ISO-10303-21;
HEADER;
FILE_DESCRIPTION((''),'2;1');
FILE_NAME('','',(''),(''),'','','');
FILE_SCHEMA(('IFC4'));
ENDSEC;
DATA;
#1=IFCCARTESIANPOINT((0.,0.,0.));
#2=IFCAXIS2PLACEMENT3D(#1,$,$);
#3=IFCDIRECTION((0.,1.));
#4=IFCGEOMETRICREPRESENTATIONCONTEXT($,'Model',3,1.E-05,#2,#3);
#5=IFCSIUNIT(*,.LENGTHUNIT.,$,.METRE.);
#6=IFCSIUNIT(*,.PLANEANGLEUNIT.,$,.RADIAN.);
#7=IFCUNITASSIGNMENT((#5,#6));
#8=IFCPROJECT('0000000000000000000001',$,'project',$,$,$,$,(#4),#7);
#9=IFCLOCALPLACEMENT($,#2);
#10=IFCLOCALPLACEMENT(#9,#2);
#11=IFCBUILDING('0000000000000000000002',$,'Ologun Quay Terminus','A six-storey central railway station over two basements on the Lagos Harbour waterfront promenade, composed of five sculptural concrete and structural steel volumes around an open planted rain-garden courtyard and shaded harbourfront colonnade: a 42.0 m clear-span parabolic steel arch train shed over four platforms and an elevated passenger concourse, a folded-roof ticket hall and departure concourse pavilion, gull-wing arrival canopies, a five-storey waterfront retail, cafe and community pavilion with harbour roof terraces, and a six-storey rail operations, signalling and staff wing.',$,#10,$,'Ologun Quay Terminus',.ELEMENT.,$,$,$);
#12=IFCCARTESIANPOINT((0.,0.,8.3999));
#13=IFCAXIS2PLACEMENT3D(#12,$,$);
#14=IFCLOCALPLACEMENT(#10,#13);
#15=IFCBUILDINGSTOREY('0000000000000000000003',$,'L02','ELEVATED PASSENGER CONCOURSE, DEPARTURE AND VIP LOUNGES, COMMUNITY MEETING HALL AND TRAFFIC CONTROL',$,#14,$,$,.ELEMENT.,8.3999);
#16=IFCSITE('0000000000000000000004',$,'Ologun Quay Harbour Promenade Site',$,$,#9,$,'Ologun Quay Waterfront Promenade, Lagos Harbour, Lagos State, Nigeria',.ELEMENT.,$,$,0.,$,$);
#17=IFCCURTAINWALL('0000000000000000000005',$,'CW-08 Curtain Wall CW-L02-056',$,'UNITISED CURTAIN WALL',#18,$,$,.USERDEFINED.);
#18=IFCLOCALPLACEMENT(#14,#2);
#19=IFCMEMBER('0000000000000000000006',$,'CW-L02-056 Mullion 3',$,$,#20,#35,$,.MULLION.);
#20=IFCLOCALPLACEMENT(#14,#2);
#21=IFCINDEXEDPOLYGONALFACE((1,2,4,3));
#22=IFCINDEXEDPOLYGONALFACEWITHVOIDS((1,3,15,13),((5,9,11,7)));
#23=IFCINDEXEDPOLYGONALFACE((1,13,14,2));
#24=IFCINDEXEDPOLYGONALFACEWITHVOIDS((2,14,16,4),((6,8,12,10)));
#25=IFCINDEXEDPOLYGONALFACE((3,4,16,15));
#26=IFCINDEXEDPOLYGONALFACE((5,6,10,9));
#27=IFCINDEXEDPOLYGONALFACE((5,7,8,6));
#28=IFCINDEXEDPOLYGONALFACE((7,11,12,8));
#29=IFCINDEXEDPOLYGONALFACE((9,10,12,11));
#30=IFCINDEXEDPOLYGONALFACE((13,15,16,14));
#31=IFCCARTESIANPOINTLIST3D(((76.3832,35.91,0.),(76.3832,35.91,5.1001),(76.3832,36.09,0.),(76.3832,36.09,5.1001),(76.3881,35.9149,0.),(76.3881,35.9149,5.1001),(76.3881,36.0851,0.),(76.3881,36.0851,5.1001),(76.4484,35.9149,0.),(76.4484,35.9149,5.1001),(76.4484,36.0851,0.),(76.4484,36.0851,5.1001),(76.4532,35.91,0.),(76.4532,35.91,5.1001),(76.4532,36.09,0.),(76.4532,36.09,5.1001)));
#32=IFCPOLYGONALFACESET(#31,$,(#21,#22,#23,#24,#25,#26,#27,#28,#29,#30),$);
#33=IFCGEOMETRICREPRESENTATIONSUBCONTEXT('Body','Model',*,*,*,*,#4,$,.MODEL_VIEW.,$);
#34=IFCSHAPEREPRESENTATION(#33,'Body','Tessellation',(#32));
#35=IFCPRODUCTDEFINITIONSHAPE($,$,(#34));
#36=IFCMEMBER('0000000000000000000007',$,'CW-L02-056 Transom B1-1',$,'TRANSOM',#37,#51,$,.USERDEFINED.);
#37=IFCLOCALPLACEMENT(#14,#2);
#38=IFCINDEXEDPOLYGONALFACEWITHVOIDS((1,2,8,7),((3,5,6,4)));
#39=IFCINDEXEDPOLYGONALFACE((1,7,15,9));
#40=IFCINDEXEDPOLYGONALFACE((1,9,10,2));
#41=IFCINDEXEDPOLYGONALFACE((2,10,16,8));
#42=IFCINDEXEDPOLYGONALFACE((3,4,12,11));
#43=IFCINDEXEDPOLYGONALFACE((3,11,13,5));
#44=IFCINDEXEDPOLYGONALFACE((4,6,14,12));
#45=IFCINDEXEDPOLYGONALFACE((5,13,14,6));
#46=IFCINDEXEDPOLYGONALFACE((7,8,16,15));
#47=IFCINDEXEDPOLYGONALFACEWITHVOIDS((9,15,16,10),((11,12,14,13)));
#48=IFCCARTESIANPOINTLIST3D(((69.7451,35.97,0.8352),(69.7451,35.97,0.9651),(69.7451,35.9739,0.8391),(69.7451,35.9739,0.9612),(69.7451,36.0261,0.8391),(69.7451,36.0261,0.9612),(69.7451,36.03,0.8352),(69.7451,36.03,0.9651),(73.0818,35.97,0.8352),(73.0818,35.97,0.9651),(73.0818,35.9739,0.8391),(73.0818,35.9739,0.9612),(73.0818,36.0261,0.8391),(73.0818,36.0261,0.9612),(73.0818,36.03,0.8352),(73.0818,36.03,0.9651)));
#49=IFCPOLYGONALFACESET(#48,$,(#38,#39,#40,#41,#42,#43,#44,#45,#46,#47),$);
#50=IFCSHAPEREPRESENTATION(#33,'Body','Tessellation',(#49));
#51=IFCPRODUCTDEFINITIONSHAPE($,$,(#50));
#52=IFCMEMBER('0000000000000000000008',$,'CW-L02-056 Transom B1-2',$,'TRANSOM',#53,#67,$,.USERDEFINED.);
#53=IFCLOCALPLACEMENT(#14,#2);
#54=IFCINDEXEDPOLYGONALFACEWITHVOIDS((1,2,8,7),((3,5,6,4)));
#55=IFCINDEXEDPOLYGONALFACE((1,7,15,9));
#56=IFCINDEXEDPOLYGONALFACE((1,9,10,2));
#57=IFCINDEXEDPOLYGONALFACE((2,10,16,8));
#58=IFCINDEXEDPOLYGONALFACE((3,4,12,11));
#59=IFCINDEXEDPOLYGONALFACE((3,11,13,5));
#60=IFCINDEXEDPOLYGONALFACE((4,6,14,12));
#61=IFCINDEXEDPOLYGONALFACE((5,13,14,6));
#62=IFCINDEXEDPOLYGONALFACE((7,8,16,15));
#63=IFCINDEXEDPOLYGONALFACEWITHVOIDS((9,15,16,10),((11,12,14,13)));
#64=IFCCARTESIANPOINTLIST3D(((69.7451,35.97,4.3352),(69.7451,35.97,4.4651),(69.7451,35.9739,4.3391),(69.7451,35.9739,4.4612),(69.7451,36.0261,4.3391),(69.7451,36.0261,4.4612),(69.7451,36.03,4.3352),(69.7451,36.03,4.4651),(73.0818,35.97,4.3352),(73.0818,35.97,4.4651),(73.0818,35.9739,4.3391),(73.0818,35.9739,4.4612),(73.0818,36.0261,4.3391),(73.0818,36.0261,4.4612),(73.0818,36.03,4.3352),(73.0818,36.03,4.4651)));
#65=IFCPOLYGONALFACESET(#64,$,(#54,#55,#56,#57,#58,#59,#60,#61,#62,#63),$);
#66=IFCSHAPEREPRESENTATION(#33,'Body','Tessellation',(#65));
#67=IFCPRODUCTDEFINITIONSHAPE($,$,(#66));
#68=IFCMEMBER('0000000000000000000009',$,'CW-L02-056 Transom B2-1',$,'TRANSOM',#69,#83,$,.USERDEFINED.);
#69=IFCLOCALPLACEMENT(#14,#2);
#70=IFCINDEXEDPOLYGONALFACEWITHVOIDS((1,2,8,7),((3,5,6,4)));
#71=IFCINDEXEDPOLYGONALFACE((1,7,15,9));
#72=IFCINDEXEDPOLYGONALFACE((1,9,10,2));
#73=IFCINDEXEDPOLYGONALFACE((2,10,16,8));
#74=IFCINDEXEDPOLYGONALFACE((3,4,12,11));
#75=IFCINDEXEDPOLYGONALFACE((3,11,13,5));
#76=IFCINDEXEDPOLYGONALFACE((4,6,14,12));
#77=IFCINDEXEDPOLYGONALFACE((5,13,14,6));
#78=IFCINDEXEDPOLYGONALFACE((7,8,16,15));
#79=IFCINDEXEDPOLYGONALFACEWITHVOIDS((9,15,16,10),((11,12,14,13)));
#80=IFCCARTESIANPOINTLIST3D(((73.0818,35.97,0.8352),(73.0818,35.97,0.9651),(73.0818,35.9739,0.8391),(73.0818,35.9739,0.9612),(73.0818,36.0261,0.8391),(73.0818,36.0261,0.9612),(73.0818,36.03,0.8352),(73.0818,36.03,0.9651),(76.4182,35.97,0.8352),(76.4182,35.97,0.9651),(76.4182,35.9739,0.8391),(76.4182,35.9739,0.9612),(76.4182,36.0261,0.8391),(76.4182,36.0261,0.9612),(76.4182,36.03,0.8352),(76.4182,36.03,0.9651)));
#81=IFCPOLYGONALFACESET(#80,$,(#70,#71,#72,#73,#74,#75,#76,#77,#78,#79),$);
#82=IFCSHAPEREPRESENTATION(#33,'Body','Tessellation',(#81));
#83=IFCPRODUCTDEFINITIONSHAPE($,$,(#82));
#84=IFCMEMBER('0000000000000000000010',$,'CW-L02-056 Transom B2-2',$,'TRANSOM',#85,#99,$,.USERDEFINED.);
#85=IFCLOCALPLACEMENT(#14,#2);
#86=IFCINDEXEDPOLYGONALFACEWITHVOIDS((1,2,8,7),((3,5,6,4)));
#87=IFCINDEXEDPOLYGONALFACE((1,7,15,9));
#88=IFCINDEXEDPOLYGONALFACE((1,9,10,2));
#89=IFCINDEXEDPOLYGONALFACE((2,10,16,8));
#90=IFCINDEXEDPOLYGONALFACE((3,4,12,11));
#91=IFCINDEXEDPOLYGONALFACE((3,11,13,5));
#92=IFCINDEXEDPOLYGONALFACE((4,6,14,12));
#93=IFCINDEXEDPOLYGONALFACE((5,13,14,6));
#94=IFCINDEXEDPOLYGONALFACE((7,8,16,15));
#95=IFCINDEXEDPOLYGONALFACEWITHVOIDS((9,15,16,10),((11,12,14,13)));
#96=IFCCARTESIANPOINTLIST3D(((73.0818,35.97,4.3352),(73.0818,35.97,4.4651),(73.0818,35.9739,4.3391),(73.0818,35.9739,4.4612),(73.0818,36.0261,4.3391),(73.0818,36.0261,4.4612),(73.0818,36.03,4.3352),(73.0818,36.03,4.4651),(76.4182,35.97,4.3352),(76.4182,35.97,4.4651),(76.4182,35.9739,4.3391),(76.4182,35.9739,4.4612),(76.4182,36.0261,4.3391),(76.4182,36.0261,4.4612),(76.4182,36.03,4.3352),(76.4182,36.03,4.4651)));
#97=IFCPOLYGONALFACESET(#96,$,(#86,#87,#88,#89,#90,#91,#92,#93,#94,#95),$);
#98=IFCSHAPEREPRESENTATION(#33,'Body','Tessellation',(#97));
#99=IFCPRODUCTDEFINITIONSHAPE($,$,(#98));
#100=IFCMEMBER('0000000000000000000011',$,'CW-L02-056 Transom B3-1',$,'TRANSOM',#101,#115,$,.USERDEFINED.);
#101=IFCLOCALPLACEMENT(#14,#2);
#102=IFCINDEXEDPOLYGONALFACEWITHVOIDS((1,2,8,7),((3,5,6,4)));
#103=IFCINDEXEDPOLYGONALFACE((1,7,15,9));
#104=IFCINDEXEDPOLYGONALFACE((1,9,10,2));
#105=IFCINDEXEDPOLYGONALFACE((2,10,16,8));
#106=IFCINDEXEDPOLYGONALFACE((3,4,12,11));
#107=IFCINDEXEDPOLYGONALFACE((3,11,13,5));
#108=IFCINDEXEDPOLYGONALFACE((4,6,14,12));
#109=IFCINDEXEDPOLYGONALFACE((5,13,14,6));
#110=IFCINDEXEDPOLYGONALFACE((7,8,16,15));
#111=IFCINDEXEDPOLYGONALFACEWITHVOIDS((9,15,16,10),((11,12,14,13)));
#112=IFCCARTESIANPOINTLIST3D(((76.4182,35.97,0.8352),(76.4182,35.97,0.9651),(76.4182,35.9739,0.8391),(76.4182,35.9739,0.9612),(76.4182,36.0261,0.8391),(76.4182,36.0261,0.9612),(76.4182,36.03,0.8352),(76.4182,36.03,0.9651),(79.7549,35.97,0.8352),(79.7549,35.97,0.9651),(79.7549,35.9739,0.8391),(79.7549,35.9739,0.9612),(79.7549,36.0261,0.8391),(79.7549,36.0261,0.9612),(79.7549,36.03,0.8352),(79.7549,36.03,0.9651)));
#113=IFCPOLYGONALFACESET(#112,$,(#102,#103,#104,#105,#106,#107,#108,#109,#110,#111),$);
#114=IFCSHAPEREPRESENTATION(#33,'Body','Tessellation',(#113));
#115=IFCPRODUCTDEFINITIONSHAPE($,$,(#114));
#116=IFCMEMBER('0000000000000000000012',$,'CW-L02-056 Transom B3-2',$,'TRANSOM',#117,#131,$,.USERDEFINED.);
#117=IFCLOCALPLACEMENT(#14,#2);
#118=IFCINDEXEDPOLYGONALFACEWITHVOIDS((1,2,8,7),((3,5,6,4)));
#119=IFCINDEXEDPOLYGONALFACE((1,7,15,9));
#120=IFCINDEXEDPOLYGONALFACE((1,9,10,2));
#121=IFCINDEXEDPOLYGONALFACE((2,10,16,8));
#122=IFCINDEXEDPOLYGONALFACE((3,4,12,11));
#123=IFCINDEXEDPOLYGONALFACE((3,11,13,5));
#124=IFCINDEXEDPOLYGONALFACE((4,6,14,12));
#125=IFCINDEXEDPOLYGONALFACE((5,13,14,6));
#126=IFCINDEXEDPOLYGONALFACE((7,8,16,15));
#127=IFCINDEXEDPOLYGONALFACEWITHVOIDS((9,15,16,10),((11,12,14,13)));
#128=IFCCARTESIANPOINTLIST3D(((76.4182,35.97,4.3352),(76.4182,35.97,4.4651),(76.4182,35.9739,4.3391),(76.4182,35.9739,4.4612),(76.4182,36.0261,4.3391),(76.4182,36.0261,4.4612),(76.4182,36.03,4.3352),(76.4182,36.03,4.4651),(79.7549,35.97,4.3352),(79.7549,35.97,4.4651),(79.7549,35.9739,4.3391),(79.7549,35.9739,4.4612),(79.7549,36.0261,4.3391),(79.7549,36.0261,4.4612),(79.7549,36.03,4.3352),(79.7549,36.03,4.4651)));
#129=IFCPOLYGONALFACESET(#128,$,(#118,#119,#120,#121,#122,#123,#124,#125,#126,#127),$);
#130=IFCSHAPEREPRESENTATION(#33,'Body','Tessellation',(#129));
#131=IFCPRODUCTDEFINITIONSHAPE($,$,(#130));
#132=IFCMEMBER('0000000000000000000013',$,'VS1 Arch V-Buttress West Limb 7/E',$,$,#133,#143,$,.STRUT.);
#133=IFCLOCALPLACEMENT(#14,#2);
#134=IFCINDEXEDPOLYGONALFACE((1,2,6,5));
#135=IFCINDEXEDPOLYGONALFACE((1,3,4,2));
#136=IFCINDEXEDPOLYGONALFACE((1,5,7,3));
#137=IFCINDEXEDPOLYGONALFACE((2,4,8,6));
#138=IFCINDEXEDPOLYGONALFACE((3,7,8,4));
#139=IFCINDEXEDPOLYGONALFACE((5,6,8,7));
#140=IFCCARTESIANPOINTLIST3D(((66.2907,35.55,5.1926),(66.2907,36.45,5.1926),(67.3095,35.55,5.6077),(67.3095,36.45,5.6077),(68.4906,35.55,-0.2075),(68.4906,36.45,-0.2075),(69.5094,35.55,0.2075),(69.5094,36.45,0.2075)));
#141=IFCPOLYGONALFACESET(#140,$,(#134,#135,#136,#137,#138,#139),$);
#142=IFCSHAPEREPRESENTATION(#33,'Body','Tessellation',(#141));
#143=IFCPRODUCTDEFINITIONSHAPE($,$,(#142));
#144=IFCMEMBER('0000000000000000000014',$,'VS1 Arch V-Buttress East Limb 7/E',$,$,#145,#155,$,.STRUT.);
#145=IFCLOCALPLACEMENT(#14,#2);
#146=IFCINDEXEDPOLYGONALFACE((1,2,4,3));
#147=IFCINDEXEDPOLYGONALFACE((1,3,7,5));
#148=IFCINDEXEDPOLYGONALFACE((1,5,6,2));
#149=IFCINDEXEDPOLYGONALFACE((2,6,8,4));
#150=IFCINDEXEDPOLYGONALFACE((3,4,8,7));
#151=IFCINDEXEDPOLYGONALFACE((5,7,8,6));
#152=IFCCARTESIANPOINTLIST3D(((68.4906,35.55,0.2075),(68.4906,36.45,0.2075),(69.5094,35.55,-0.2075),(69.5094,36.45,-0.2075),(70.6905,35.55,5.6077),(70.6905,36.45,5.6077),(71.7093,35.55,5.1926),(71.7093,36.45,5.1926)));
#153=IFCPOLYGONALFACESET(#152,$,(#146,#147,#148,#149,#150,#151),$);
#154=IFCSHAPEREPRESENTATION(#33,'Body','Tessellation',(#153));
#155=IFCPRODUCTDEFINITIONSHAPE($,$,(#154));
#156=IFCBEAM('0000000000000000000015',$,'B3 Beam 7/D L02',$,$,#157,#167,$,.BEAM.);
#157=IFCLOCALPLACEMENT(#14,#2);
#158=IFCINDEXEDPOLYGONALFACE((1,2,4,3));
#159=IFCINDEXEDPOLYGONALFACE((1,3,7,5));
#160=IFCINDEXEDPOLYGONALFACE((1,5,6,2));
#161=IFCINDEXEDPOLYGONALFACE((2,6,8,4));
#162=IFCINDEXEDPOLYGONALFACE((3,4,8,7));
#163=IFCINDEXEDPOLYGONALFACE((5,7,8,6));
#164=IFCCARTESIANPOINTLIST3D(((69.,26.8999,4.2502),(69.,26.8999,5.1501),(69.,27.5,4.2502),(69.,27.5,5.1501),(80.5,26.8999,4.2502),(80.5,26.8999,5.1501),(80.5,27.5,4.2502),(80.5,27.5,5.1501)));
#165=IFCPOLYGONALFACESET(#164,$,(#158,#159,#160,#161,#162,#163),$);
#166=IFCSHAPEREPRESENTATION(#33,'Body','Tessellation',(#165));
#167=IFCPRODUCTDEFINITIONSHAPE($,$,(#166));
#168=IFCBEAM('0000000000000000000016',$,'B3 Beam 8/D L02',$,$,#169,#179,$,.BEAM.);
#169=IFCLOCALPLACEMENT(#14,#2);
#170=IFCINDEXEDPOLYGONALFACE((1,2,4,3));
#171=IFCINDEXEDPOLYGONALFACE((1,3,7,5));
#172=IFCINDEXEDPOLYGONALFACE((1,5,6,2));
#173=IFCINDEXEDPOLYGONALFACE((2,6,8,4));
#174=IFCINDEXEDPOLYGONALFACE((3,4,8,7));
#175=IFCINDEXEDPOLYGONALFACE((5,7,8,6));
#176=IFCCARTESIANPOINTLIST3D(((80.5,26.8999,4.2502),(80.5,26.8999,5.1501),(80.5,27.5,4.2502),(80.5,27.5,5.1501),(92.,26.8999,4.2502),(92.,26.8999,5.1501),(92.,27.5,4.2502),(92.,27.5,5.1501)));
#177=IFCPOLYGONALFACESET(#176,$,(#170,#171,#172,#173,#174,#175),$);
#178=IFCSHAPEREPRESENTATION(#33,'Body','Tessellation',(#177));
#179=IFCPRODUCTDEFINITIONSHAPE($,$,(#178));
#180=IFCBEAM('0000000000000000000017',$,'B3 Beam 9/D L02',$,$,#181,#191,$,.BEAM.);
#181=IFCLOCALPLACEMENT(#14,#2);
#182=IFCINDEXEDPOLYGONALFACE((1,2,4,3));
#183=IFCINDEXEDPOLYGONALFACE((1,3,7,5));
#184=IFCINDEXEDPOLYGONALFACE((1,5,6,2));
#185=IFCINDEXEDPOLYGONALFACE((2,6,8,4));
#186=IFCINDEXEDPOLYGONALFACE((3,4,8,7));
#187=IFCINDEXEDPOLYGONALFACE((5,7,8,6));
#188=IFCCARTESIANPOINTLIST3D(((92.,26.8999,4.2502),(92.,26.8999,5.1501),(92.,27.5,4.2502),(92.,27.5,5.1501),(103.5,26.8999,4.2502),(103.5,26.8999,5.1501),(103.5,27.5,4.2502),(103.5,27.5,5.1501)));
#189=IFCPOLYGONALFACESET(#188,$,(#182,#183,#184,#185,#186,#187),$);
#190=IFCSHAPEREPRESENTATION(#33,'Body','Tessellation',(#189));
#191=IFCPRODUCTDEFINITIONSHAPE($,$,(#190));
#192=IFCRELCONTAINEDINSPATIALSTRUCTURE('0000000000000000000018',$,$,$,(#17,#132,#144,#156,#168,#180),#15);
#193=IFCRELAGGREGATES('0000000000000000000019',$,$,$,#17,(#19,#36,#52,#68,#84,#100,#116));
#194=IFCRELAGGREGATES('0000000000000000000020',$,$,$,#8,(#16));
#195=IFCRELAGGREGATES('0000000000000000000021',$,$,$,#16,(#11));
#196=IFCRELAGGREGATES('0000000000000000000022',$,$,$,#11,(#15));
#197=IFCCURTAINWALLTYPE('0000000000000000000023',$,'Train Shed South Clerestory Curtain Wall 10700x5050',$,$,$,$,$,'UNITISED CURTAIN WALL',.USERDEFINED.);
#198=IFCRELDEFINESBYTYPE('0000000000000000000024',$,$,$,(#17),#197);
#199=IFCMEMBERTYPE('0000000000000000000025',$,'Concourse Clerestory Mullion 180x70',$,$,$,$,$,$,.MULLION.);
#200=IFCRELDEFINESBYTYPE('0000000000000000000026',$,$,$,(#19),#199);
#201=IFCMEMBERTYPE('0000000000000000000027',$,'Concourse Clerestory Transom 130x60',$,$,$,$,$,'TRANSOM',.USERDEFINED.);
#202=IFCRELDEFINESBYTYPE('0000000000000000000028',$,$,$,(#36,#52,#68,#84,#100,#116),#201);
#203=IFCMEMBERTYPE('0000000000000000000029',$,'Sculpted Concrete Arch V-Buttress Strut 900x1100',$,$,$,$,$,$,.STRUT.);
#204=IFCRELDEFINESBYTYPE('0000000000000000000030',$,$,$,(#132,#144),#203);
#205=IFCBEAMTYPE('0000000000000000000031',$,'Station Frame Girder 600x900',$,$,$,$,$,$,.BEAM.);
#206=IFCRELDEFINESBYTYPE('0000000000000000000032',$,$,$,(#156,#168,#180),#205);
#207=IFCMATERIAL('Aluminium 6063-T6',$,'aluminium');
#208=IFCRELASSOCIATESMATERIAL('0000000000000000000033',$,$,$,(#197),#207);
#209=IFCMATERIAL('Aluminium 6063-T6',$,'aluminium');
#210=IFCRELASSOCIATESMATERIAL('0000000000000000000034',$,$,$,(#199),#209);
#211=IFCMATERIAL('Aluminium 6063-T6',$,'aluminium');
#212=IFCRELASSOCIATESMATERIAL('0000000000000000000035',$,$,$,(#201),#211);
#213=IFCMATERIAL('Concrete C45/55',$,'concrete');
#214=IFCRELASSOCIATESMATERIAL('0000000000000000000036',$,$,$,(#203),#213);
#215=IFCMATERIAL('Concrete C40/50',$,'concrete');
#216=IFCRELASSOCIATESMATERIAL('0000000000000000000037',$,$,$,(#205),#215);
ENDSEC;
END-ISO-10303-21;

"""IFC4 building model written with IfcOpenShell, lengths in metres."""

from ifc_helpers import new_model, si_unit, direction, frame, origin, origin_2d, place, context, subcontext, project, spatial, rectangle, hollow_rectangle, extrude, material, material_profile, profile_set, type_object, element, aggregate, save


model = new_model("IFC4")

# Units and contexts
model_context = context("Model", 3, precision=1e-05, world=origin(), true_north=direction((0.0, 1.0)))
body_context = subcontext(model_context, "Body", "Model", "MODEL_VIEW")
ifc_project = project(units=[si_unit("LENGTHUNIT", "METRE"), si_unit("PLANEANGLEUNIT", "RADIAN")], contexts=[model_context])

# Site, building, storey
site_placement = place(None, origin())
site = spatial("IfcSite", under=ifc_project, at=site_placement, Name="Ologun Quay Harbour Promenade Site", LongName="Ologun Quay Waterfront Promenade, Lagos Harbour, Lagos State, Nigeria", CompositionType="ELEMENT", RefElevation=0.0)
building_placement = place(site_placement, origin())
building = spatial("IfcBuilding", under=site, at=building_placement, Name="Ologun Quay Terminus", Description="A six-storey central railway station over two basements on the Lagos Harbour waterfront promenade, composed of five sculptural concrete and structural steel volumes around an open planted rain-garden courtyard and shaded harbourfront colonnade: a 42.0 m clear-span parabolic steel arch train shed over four platforms and an elevated passenger concourse, a folded-roof ticket hall and departure concourse pavilion, gull-wing arrival canopies, a five-storey waterfront retail, cafe and community pavilion with harbour roof terraces, and a six-storey rail operations, signalling and staff wing.", LongName="Ologun Quay Terminus", CompositionType="ELEMENT")
storey_placement = place(building_placement, frame((0.0, 0.0, 8.3999)))
storey = spatial("IfcBuildingStorey", under=building, at=storey_placement, Name="L02", Description="ELEVATED PASSENGER CONCOURSE, DEPARTURE AND VIP LOUNGES, COMMUNITY MEETING HALL AND TRAFFIC CONTROL", CompositionType="ELEMENT", Elevation=8.3999)

# Shared definitions
ifc_material_1 = material(Name="Aluminium 6063-T6", Category="aluminium")
curtain_wall_type = type_object("IfcCurtainWallType", Name="Train Shed South Clerestory Curtain Wall 10700x5050", ElementType="UNITISED CURTAIN WALL", PredefinedType="USERDEFINED", material=ifc_material_1)
ifc_material_2 = material(Name="Aluminium 6063-T6", Category="aluminium")
ifc_material_profile_1 = material_profile(ifc_material_2, hollow_rectangle(XDim=0.0701, YDim=0.1799, WallThickness=0.0049, at=origin_2d()), Name="ALU 180x70x5")
ifc_profile_set_1 = profile_set([ifc_material_profile_1], Name="Aluminium 6063-T6")
member_type_1 = type_object("IfcMemberType", Name="Concourse Clerestory Mullion 180x70", PredefinedType="MULLION", material=ifc_profile_set_1)

# Curtain wall, members
curtain_wall_1_placement = place(storey_placement, origin())
curtain_wall_1 = element("IfcCurtainWall", 1, at=curtain_wall_1_placement, inside=storey, type_object=curtain_wall_type, Name="CW-08 Curtain Wall CW-L02-056", ObjectType="UNITISED CURTAIN WALL", PredefinedType="USERDEFINED")
member_1_placement = place(storey_placement, frame((76.4182, 36.0, 0.0), z_axis=(0.0, 0.0, 1.0), x_axis=(1.0, 0.0, 0.0)))
member_1 = element("IfcMember", 2, at=member_1_placement, type_object=member_type_1, Name="CW-L02-056 Mullion 3", PredefinedType="MULLION", context=body_context, shape_type="SweptSolid", body=[
    extrude(hollow_rectangle(XDim=0.0701, YDim=0.1799, WallThickness=0.0049, at=origin_2d()), origin(), (0.0, 0.0, 1.0), 5.1001),
])
ifc_material_3 = material(Name="Aluminium 6063-T6", Category="aluminium")
ifc_material_profile_2 = material_profile(ifc_material_3, hollow_rectangle(XDim=0.0601, YDim=0.1299, WallThickness=0.0039, at=origin_2d()), Name="ALU 130x60x4")
ifc_profile_set_2 = profile_set([ifc_material_profile_2], Name="Aluminium 6063-T6")
member_type_2 = type_object("IfcMemberType", Name="Concourse Clerestory Transom 130x60", ElementType="TRANSOM", PredefinedType="USERDEFINED", material=ifc_profile_set_2)
member_2_placement = place(storey_placement, frame((69.7451, 36.0, 0.9001), z_axis=(1.0, 0.0, 0.0), x_axis=(0.0, 1.0, 0.0)))
member_2 = element("IfcMember", 3, at=member_2_placement, type_object=member_type_2, Name="CW-L02-056 Transom B1-1", ObjectType="TRANSOM", PredefinedType="USERDEFINED", context=body_context, shape_type="SweptSolid", body=[
    extrude(hollow_rectangle(XDim=0.0601, YDim=0.1299, WallThickness=0.0039, at=origin_2d()), origin(), (0.0, 0.0, 1.0), 3.3367),
])
member_3_placement = place(storey_placement, frame((69.7451, 36.0, 4.4001), z_axis=(1.0, 0.0, 0.0), x_axis=(0.0, 1.0, 0.0)))
member_3 = element("IfcMember", 4, at=member_3_placement, type_object=member_type_2, Name="CW-L02-056 Transom B1-2", ObjectType="TRANSOM", PredefinedType="USERDEFINED", context=body_context, shape_type="SweptSolid", body=[
    extrude(hollow_rectangle(XDim=0.0601, YDim=0.1299, WallThickness=0.0039, at=origin_2d()), origin(), (0.0, 0.0, 1.0), 3.3367),
])
member_4_placement = place(storey_placement, frame((73.0818, 36.0, 0.9001), z_axis=(1.0, 0.0, 0.0), x_axis=(0.0, 1.0, 0.0)))
member_4 = element("IfcMember", 5, at=member_4_placement, type_object=member_type_2, Name="CW-L02-056 Transom B2-1", ObjectType="TRANSOM", PredefinedType="USERDEFINED", context=body_context, shape_type="SweptSolid", body=[
    extrude(hollow_rectangle(XDim=0.0601, YDim=0.1299, WallThickness=0.0039, at=origin_2d()), origin(), (0.0, 0.0, 1.0), 3.3364),
])
member_5_placement = place(storey_placement, frame((73.0818, 36.0, 4.4001), z_axis=(1.0, 0.0, 0.0), x_axis=(0.0, 1.0, 0.0)))
member_5 = element("IfcMember", 6, at=member_5_placement, type_object=member_type_2, Name="CW-L02-056 Transom B2-2", ObjectType="TRANSOM", PredefinedType="USERDEFINED", context=body_context, shape_type="SweptSolid", body=[
    extrude(hollow_rectangle(XDim=0.0601, YDim=0.1299, WallThickness=0.0039, at=origin_2d()), origin(), (0.0, 0.0, 1.0), 3.3364),
])
member_6_placement = place(storey_placement, frame((76.4182, 36.0, 0.9001), z_axis=(1.0, 0.0, 0.0), x_axis=(0.0, 1.0, 0.0)))
member_6 = element("IfcMember", 7, at=member_6_placement, type_object=member_type_2, Name="CW-L02-056 Transom B3-1", ObjectType="TRANSOM", PredefinedType="USERDEFINED", context=body_context, shape_type="SweptSolid", body=[
    extrude(hollow_rectangle(XDim=0.0601, YDim=0.1299, WallThickness=0.0039, at=origin_2d()), origin(), (0.0, 0.0, 1.0), 3.3367),
])
member_7_placement = place(storey_placement, frame((76.4182, 36.0, 4.4001), z_axis=(1.0, 0.0, 0.0), x_axis=(0.0, 1.0, 0.0)))
member_7 = element("IfcMember", 8, at=member_7_placement, type_object=member_type_2, Name="CW-L02-056 Transom B3-2", ObjectType="TRANSOM", PredefinedType="USERDEFINED", context=body_context, shape_type="SweptSolid", body=[
    extrude(hollow_rectangle(XDim=0.0601, YDim=0.1299, WallThickness=0.0039, at=origin_2d()), origin(), (0.0, 0.0, 1.0), 3.3367),
])

# Members
ifc_material_4 = material(Name="Concrete C45/55", Category="concrete")
ifc_material_profile_3 = material_profile(ifc_material_4, rectangle(XDim=0.8999, YDim=1.1001, at=origin_2d()), Name="RC 900x1100")
ifc_profile_set_3 = profile_set([ifc_material_profile_3], Name="Concrete C45/55")
member_type_3 = type_object("IfcMemberType", Name="Sculpted Concrete Arch V-Buttress Strut 900x1100", PredefinedType="STRUT", material=ifc_profile_set_3)
for number, where, z_axis, x_axis, name in (
    (9, (69.0, 36.0, 0.0), (-0.377281, 0.0, 0.926099), (0.0, -1.0, 0.0), "VS1 Arch V-Buttress West Limb 7/E"),
    (10, (69.0, 36.0, 0.0), (0.377281, 0.0, 0.926099), (0.0, 1.0, 0.0), "VS1 Arch V-Buttress East Limb 7/E"),
):
    element("IfcMember", number, at=place(storey_placement, frame(where, z_axis=z_axis, x_axis=x_axis)), inside=storey, type_object=member_type_3, Name=name, PredefinedType="STRUT", context=body_context, shape_type="SweptSolid", body=[
        extrude(rectangle(XDim=0.8999, YDim=1.1001, at=origin_2d()), origin(), (0.0, 0.0, 1.0), 5.8311),
    ])

# Beams
ifc_material_5 = material(Name="Concrete C40/50", Category="concrete")
ifc_material_profile_4 = material_profile(ifc_material_5, rectangle(XDim=0.6001, YDim=0.8999, at=origin_2d()), Name="RC 600x900")
ifc_profile_set_4 = profile_set([ifc_material_profile_4], Name="Concrete C40/50")
beam_type_1 = type_object("IfcBeamType", Name="Station Frame Girder 600x900", PredefinedType="BEAM", material=ifc_profile_set_4)
for number, where, z_axis, x_axis, name in (
    (11, (69.0, 27.2, 4.7002), (1.0, 0.0, 0.0), (0.0, 1.0, 0.0), "B3 Beam 7/D L02"),
    (12, (80.5, 27.2, 4.7002), (1.0, 0.0, 0.0), (0.0, 1.0, 0.0), "B3 Beam 8/D L02"),
    (13, (92.0, 27.2, 4.7002), (1.0, 0.0, 0.0), (0.0, 1.0, 0.0), "B3 Beam 9/D L02"),
):
    element("IfcBeam", number, at=place(storey_placement, frame(where, z_axis=z_axis, x_axis=x_axis)), inside=storey, type_object=beam_type_1, Name=name, PredefinedType="BEAM", context=body_context, shape_type="SweptSolid", body=[
        extrude(rectangle(XDim=0.6001, YDim=0.8999, at=origin_2d()), origin(), (0.0, 0.0, 1.0), 11.5),
    ])

aggregate(curtain_wall_1, [member_1, member_2, member_3, member_4, member_5, member_6, member_7])

save(model, "model.ifc")
